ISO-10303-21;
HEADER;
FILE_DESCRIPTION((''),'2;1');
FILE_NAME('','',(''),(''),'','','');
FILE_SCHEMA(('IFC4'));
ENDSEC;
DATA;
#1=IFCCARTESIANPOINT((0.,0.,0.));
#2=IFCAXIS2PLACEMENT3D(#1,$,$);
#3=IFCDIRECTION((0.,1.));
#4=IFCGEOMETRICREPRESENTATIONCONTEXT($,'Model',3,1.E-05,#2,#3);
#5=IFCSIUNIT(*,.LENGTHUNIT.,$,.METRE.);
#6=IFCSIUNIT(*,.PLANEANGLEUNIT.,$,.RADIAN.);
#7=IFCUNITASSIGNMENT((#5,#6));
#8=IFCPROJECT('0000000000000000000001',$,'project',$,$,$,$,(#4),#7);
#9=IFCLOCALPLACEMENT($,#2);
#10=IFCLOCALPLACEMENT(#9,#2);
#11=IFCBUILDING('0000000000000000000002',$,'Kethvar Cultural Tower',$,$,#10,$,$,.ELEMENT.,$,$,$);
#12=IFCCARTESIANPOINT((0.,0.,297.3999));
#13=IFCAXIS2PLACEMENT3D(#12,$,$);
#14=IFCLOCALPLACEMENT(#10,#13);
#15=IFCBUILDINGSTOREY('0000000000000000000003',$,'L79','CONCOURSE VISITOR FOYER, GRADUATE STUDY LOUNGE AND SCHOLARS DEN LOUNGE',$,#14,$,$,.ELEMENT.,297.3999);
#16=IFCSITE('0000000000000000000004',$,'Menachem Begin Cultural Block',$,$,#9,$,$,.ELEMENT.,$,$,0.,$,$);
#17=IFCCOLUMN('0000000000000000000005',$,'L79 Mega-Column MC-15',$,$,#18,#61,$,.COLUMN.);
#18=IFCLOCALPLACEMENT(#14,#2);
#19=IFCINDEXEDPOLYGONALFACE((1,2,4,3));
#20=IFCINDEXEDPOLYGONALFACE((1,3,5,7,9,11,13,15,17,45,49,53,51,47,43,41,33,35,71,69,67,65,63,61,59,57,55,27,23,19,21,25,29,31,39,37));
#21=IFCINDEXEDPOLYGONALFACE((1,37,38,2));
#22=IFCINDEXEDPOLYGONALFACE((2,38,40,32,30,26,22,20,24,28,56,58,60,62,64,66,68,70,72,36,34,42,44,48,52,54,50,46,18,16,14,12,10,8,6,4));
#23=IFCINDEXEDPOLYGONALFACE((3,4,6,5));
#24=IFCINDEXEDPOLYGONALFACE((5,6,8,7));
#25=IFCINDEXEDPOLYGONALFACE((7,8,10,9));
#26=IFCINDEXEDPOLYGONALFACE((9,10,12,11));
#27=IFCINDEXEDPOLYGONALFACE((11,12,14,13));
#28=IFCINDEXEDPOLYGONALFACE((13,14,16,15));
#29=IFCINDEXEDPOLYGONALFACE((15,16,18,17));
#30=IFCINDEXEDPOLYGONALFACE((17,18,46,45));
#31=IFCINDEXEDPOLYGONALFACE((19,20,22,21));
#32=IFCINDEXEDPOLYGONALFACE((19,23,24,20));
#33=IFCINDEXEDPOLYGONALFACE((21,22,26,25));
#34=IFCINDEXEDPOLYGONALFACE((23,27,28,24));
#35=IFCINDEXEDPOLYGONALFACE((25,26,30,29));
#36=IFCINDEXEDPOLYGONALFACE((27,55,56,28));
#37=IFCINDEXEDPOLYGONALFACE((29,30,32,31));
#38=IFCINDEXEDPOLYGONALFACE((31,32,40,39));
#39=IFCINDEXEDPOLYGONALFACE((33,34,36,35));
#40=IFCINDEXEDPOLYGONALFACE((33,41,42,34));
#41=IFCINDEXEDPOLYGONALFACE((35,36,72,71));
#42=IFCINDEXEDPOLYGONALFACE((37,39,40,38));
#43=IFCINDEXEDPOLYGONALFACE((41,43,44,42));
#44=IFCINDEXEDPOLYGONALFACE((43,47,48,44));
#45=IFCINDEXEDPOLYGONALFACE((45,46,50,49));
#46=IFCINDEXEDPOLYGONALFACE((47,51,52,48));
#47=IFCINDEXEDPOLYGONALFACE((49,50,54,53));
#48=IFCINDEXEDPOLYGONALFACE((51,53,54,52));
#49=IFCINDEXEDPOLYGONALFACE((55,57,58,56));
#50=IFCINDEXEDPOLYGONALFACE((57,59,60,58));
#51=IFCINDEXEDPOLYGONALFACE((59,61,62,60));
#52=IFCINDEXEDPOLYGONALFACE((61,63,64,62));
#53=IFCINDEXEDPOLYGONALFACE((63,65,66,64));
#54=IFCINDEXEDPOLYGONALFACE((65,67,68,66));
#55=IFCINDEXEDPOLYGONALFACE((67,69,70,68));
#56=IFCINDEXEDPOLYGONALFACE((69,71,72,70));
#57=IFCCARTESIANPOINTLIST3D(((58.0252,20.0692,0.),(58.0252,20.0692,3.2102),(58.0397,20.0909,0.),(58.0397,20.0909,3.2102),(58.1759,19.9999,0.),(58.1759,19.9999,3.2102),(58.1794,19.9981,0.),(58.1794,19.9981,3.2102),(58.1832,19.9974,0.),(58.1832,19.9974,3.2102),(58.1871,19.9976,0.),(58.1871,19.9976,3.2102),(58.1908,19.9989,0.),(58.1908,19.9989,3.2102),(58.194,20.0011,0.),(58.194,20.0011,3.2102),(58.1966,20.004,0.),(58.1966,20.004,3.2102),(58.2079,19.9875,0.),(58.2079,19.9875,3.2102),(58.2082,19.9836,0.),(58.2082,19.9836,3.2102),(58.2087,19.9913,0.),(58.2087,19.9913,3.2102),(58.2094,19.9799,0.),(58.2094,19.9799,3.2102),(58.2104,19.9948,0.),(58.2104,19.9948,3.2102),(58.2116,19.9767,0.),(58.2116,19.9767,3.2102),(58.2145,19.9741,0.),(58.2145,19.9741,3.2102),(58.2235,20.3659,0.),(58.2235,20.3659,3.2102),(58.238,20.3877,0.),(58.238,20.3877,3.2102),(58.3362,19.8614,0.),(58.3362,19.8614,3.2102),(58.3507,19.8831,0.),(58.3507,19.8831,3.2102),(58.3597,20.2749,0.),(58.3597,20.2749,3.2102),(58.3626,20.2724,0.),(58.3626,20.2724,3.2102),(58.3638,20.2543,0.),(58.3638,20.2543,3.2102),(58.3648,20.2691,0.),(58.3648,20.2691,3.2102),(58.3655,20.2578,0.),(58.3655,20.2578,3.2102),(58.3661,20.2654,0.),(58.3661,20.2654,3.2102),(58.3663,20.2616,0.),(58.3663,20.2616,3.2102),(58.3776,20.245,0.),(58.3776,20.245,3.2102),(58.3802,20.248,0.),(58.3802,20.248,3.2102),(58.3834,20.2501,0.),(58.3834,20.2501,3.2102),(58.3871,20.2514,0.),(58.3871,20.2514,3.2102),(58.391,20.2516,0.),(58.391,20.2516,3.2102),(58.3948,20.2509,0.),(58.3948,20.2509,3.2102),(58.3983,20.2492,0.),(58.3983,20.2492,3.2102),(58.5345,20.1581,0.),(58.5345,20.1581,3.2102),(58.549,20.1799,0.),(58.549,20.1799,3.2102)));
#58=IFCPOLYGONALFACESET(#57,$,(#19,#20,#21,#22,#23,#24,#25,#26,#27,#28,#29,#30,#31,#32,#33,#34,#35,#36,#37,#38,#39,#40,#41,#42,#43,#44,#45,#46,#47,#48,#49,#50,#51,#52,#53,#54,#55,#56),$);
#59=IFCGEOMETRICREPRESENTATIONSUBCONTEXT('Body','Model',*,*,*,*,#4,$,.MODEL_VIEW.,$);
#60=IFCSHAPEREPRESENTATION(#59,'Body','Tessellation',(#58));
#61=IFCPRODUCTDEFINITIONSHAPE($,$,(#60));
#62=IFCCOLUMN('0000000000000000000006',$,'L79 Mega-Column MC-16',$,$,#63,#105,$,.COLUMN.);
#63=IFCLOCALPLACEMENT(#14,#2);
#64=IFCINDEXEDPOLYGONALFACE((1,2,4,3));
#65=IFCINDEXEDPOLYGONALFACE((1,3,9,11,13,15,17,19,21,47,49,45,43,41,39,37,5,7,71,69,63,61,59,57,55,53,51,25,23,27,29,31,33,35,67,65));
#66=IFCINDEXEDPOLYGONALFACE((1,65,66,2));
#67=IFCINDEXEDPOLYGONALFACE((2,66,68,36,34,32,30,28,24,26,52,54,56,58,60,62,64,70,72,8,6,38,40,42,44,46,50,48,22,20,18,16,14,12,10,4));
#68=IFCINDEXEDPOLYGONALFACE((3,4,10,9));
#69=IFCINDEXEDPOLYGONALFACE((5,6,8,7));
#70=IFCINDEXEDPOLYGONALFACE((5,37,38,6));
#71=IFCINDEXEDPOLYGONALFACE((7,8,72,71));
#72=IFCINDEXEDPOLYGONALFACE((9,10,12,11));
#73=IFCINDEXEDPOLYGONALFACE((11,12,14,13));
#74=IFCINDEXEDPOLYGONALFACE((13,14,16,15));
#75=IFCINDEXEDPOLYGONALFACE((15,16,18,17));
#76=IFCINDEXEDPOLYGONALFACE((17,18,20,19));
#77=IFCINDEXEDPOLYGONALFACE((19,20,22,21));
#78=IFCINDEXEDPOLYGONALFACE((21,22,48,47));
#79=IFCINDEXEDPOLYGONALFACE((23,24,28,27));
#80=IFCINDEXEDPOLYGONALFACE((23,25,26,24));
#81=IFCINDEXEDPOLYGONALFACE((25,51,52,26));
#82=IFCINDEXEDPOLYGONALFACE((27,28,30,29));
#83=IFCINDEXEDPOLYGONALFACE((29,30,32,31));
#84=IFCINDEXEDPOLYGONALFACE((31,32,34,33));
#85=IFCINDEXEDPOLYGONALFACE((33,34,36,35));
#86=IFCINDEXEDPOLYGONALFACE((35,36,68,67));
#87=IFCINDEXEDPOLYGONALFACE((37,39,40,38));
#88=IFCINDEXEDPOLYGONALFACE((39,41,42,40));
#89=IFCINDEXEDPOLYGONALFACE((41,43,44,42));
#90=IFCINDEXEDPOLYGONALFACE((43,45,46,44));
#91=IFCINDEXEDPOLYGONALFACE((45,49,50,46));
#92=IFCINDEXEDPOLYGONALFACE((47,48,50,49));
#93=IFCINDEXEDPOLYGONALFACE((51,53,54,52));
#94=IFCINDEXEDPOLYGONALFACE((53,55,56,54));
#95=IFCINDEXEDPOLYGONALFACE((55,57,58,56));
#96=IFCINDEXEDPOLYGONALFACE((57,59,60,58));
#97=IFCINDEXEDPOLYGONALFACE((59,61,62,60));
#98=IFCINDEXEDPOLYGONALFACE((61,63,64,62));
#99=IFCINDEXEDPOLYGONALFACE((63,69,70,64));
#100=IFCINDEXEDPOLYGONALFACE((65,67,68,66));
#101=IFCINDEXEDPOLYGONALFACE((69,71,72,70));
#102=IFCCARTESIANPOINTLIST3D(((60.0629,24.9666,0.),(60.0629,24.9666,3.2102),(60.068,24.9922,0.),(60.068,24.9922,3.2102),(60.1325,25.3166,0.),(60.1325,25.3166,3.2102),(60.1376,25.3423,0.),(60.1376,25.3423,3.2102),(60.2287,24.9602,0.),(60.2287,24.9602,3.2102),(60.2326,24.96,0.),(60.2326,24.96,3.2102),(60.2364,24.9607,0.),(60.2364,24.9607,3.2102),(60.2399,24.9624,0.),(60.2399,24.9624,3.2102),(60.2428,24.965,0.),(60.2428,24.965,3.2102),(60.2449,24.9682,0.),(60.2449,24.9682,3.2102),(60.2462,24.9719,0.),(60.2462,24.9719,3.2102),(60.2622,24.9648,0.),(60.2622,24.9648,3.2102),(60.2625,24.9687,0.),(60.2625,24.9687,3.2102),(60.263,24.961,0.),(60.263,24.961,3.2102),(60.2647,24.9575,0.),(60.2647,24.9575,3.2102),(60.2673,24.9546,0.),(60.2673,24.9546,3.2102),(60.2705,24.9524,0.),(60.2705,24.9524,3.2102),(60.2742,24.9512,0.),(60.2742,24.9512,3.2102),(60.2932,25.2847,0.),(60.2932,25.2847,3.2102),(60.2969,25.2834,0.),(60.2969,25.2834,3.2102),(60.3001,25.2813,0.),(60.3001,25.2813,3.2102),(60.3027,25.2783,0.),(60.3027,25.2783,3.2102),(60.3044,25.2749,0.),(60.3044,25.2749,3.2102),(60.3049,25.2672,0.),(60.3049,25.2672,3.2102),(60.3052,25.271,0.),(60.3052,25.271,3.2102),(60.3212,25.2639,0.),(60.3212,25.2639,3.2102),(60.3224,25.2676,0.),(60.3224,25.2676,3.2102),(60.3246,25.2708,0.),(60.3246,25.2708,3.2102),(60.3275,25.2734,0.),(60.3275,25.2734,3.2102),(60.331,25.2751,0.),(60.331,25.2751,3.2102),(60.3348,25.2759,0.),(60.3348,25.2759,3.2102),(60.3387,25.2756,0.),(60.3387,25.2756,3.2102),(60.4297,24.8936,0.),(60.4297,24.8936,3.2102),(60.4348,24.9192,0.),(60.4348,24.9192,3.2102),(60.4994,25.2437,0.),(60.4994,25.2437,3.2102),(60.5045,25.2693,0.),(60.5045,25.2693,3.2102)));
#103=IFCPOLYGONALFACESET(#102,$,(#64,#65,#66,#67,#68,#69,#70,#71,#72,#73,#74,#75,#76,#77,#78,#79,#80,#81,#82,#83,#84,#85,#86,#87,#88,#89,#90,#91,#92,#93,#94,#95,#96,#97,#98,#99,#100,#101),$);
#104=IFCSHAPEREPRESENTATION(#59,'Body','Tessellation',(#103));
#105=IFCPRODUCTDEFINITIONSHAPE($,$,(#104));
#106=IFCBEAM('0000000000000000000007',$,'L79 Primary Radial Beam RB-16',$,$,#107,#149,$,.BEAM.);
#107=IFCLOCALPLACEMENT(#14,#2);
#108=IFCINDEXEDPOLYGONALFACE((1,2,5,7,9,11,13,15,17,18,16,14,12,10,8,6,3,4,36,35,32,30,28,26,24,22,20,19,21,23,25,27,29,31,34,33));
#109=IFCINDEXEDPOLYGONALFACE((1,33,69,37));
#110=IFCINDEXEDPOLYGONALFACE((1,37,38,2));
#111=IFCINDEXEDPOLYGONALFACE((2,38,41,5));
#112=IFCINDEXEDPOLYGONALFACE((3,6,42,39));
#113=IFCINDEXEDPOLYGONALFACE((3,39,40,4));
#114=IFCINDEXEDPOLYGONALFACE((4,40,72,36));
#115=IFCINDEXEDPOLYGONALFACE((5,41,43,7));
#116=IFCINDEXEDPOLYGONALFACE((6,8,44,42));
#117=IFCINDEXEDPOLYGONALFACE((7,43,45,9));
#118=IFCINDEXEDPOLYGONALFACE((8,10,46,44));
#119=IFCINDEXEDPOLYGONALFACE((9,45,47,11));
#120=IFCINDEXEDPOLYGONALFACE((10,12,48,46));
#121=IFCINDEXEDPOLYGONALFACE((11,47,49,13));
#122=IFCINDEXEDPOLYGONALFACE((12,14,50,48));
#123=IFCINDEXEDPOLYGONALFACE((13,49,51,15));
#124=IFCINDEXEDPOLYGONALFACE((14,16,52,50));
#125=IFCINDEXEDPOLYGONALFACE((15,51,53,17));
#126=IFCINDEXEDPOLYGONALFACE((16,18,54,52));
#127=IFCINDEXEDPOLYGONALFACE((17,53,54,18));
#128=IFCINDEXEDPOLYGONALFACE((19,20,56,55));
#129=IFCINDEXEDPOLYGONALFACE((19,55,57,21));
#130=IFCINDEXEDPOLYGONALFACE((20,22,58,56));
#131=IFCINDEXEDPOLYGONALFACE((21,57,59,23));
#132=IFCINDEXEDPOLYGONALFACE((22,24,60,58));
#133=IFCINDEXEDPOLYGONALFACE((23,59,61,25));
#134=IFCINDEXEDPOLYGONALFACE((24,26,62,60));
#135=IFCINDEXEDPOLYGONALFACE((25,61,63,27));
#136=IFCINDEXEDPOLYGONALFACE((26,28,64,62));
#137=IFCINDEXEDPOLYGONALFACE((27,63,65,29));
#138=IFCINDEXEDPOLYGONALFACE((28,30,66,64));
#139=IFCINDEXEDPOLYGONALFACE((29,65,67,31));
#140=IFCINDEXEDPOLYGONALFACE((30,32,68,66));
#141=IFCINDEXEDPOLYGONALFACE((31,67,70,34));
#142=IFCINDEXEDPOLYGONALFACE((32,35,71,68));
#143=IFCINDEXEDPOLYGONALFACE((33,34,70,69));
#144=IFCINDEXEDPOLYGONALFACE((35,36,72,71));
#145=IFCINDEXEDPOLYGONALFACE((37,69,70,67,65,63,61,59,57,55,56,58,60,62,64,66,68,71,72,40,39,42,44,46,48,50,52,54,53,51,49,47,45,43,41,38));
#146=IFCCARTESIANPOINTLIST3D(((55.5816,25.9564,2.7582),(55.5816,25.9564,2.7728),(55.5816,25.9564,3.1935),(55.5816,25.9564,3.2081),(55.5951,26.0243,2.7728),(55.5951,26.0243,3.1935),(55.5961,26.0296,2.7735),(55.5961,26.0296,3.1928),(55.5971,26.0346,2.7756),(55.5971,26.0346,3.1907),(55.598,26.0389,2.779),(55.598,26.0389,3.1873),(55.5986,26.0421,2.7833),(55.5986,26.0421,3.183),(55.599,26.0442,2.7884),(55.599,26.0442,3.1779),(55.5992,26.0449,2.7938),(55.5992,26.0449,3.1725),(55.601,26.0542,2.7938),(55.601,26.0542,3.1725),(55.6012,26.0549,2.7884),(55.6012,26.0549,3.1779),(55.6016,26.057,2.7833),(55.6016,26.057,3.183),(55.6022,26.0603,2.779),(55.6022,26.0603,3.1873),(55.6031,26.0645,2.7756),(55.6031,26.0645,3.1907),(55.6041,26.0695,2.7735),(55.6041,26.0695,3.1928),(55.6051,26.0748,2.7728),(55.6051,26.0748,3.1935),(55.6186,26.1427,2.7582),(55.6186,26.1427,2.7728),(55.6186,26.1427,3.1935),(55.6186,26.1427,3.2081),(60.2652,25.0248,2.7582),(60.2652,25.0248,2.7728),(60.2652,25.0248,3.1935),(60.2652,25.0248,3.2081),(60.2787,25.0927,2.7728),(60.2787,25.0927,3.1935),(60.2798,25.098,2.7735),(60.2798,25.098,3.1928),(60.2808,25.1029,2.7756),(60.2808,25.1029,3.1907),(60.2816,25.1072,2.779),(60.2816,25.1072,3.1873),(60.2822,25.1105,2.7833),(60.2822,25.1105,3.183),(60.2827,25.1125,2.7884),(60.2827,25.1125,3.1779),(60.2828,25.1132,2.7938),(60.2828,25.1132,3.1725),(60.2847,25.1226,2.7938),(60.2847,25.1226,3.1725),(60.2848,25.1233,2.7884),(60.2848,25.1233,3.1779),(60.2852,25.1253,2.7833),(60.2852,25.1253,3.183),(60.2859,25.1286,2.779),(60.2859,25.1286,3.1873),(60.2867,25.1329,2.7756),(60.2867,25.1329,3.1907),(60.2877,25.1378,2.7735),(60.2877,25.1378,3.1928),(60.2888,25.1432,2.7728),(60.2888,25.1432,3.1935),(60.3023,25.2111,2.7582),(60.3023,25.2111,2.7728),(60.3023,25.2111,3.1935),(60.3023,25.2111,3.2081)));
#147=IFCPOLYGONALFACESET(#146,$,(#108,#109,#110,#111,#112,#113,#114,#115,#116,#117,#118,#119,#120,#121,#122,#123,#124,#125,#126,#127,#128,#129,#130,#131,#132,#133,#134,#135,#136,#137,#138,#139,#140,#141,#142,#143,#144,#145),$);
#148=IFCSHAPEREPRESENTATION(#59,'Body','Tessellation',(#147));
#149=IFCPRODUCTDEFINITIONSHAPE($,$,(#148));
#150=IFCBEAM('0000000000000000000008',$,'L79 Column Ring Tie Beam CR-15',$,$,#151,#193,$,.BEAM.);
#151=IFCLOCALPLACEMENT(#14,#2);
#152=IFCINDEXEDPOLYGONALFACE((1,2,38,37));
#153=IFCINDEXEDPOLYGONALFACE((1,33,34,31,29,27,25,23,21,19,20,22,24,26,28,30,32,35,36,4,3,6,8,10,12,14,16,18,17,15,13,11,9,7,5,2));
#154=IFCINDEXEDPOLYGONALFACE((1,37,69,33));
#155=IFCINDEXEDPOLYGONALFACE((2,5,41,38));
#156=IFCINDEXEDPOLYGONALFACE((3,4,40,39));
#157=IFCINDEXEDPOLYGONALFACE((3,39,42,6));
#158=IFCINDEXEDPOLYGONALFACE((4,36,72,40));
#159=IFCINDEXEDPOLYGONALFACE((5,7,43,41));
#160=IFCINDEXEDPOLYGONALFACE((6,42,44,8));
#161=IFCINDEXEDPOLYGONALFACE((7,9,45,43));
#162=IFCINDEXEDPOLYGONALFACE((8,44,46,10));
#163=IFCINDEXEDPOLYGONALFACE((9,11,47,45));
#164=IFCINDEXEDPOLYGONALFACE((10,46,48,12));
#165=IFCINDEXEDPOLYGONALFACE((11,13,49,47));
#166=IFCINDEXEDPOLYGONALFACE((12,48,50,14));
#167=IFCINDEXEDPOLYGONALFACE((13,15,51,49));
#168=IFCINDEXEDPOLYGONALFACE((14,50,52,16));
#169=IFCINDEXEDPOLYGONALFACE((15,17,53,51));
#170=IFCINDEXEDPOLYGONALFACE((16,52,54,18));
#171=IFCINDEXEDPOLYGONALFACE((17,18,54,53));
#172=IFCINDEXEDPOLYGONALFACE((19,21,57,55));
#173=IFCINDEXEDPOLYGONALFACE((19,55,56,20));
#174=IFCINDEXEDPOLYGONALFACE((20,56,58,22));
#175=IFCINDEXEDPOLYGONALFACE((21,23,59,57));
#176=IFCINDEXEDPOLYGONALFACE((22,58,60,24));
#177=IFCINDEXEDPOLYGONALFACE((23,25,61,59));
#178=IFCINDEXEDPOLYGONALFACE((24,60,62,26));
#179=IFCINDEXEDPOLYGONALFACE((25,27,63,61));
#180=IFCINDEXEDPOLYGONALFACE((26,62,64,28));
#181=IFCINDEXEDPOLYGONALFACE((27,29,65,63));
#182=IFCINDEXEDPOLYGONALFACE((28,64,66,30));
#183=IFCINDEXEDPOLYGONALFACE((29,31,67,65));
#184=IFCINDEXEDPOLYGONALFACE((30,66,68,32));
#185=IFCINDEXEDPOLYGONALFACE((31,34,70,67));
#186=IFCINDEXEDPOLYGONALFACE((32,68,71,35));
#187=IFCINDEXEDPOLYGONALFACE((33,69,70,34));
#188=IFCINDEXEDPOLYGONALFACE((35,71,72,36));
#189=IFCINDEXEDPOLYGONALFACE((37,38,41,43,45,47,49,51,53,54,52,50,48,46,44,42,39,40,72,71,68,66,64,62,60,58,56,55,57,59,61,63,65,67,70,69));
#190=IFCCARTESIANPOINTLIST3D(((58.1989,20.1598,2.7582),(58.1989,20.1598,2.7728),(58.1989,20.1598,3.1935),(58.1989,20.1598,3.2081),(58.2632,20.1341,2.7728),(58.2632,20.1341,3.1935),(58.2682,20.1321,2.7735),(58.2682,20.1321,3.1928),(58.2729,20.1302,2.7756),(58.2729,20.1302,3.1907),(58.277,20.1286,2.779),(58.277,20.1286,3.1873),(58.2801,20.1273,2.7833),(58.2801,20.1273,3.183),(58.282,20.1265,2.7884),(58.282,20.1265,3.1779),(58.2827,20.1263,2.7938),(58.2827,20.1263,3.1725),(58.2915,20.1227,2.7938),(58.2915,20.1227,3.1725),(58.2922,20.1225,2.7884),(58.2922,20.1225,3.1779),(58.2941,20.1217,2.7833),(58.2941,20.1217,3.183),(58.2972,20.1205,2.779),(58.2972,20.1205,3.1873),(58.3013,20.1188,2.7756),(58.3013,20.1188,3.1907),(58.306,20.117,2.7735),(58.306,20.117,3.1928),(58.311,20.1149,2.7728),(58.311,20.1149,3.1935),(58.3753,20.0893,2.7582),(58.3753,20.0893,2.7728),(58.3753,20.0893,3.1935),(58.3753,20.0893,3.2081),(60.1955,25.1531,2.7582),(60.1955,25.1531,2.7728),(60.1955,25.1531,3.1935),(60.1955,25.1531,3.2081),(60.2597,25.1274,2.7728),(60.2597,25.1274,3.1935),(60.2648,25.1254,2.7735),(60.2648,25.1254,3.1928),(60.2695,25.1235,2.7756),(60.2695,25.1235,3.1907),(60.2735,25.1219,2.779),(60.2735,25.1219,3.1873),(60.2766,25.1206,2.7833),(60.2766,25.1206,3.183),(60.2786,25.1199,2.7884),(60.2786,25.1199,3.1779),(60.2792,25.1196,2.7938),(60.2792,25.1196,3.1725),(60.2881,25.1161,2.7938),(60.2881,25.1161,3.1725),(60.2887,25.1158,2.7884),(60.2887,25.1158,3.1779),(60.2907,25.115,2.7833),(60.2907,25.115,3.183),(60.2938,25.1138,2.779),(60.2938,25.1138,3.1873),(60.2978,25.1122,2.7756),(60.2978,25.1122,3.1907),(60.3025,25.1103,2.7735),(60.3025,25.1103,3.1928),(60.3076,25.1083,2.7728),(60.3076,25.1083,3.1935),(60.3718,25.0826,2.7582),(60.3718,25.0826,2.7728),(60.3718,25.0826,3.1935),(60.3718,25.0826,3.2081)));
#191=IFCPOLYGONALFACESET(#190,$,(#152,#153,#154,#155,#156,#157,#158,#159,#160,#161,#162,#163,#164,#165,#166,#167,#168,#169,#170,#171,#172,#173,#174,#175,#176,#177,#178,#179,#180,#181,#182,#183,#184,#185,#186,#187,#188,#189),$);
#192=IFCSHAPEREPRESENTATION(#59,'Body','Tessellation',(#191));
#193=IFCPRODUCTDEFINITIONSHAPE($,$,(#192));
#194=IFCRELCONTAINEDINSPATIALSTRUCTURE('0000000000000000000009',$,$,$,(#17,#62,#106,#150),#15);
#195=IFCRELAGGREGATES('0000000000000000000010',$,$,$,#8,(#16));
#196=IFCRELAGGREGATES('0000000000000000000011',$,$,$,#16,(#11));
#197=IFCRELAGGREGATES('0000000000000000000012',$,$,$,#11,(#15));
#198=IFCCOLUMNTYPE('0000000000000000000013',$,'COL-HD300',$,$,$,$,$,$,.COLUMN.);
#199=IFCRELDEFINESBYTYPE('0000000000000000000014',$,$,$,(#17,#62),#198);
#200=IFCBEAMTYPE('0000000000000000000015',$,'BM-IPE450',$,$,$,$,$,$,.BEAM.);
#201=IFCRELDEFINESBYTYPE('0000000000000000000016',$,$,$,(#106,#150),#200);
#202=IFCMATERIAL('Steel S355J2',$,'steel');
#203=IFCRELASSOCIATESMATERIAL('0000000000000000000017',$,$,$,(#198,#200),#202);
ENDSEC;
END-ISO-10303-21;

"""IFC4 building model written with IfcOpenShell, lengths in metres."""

from ifc_helpers import new_model, si_unit, direction, frame, origin, origin_2d, place, context, subcontext, project, spatial, i_section, extrude, source, transform, mapped, material, material_profile, profile_set, type_object, element, save


model = new_model("IFC4")

# Units and contexts
model_context = context("Model", 3, precision=1e-05, world=origin(), true_north=direction((0.0, 1.0)))
body_context = subcontext(model_context, "Body", "Model", "MODEL_VIEW")
ifc_project = project(units=[si_unit("LENGTHUNIT", "METRE"), si_unit("PLANEANGLEUNIT", "RADIAN")], contexts=[model_context])

# Site, building, storey
site_placement = place(None, origin())
site = spatial("IfcSite", under=ifc_project, at=site_placement, Name="Menachem Begin Cultural Block", CompositionType="ELEMENT", RefElevation=0.0)
building_placement = place(site_placement, origin())
building = spatial("IfcBuilding", under=site, at=building_placement, Name="Kethvar Cultural Tower", CompositionType="ELEMENT")
storey_placement = place(building_placement, frame((0.0, 0.0, 297.3999)))
storey = spatial("IfcBuildingStorey", under=building, at=storey_placement, Name="L79", Description="CONCOURSE VISITOR FOYER, GRADUATE STUDY LOUNGE AND SCHOLARS DEN LOUNGE", CompositionType="ELEMENT", Elevation=297.3999)

# Columns
ifc_material_1 = material(Name="Steel S355J2", Category="steel")
ifc_material_profile_1 = material_profile(ifc_material_1, i_section(OverallWidth=0.374, OverallDepth=0.3831, WebThickness=0.0166, FlangeThickness=0.0261, FilletRadius=0.0149, at=origin_2d()), Name="Steel S355J2 — HD360x300")
ifc_profile_set_1 = profile_set([ifc_material_profile_1], Name="Steel S355J2 — HD360x300")
column_type = type_object("IfcColumnType", Name="COL-HD300", PredefinedType="COLUMN", material=ifc_profile_set_1)
shared_shape_1 = source(origin(), body_context, "Body", "SweptSolid", [
    extrude(i_section(OverallWidth=0.374, OverallDepth=0.3831, WebThickness=0.0166, FlangeThickness=0.0261, FilletRadius=0.0149, at=origin_2d()), origin(), (0.0, 0.0, 1.0), 3.2102),
])
for number, where, z_axis, x_axis, name in (
    (1, (58.2871, 20.1245, 0.0), (0.0, 0.0, 1.0), (0.83147, -0.55557, 0.0), "L79 Mega-Column MC-15"),
    (2, (60.2837, 25.1179, 0.0), (0.0, 0.0, 1.0), (0.980785, -0.19509, 0.0), "L79 Mega-Column MC-16"),
):
    element("IfcColumn", number, at=place(storey_placement, frame(where, z_axis=z_axis, x_axis=x_axis)), inside=storey, type_object=column_type, Name=name, PredefinedType="COLUMN", context=body_context, shape_type="MappedRepresentation", body=[
        mapped(shared_shape_1, transform((0.0, 0.0, 0.0), scale=1.0)),
    ])

# Beams
ifc_material_profile_2 = material_profile(ifc_material_1, i_section(OverallWidth=0.1899, OverallDepth=0.45, WebThickness=0.0095, FlangeThickness=0.0146, FilletRadius=0.021, at=origin_2d()), Name="Steel S355J2 — IPE450")
ifc_profile_set_2 = profile_set([ifc_material_profile_2], Name="Steel S355J2 — IPE450")
beam_type_1 = type_object("IfcBeamType", Name="BM-IPE450", PredefinedType="BEAM", material=ifc_profile_set_2)
shared_shape_2 = source(origin(), body_context, "Body", "SweptSolid", [
    extrude(i_section(OverallWidth=0.1899, OverallDepth=0.45, WebThickness=0.0095, FlangeThickness=0.0146, FilletRadius=0.021, at=origin_2d()), origin(), (0.0, 0.0, 1.0), 4.7754),
])
beam_1_placement = place(storey_placement, frame((55.6001, 26.0496, 2.9832), z_axis=(0.980785, -0.195094, 0.0), x_axis=(0.195094, 0.980785, 0.0)))
element("IfcBeam", 3, at=beam_1_placement, inside=storey, type_object=beam_type_1, Name="L79 Primary Radial Beam RB-16", PredefinedType="BEAM", context=body_context, shape_type="MappedRepresentation", body=[
    mapped(shared_shape_2, transform((0.0, 0.0, 0.0), scale=1.0)),
])
shared_shape_3 = source(origin(), body_context, "Body", "SweptSolid", [
    extrude(i_section(OverallWidth=0.1899, OverallDepth=0.45, WebThickness=0.0095, FlangeThickness=0.0146, FilletRadius=0.021, at=origin_2d()), origin(), (0.0, 0.0, 1.0), 5.3777),
])
beam_2_placement = place(storey_placement, frame((58.2871, 20.1245, 2.9832), z_axis=(0.371265, 0.928527, 0.0), x_axis=(-0.928527, 0.371265, 0.0)))
element("IfcBeam", 4, at=beam_2_placement, inside=storey, type_object=beam_type_1, Name="L79 Column Ring Tie Beam CR-15", PredefinedType="BEAM", context=body_context, shape_type="MappedRepresentation", body=[
    mapped(shared_shape_3, transform((0.0, 0.0, 0.0), scale=1.0)),
])

save(model, "model.ifc")
